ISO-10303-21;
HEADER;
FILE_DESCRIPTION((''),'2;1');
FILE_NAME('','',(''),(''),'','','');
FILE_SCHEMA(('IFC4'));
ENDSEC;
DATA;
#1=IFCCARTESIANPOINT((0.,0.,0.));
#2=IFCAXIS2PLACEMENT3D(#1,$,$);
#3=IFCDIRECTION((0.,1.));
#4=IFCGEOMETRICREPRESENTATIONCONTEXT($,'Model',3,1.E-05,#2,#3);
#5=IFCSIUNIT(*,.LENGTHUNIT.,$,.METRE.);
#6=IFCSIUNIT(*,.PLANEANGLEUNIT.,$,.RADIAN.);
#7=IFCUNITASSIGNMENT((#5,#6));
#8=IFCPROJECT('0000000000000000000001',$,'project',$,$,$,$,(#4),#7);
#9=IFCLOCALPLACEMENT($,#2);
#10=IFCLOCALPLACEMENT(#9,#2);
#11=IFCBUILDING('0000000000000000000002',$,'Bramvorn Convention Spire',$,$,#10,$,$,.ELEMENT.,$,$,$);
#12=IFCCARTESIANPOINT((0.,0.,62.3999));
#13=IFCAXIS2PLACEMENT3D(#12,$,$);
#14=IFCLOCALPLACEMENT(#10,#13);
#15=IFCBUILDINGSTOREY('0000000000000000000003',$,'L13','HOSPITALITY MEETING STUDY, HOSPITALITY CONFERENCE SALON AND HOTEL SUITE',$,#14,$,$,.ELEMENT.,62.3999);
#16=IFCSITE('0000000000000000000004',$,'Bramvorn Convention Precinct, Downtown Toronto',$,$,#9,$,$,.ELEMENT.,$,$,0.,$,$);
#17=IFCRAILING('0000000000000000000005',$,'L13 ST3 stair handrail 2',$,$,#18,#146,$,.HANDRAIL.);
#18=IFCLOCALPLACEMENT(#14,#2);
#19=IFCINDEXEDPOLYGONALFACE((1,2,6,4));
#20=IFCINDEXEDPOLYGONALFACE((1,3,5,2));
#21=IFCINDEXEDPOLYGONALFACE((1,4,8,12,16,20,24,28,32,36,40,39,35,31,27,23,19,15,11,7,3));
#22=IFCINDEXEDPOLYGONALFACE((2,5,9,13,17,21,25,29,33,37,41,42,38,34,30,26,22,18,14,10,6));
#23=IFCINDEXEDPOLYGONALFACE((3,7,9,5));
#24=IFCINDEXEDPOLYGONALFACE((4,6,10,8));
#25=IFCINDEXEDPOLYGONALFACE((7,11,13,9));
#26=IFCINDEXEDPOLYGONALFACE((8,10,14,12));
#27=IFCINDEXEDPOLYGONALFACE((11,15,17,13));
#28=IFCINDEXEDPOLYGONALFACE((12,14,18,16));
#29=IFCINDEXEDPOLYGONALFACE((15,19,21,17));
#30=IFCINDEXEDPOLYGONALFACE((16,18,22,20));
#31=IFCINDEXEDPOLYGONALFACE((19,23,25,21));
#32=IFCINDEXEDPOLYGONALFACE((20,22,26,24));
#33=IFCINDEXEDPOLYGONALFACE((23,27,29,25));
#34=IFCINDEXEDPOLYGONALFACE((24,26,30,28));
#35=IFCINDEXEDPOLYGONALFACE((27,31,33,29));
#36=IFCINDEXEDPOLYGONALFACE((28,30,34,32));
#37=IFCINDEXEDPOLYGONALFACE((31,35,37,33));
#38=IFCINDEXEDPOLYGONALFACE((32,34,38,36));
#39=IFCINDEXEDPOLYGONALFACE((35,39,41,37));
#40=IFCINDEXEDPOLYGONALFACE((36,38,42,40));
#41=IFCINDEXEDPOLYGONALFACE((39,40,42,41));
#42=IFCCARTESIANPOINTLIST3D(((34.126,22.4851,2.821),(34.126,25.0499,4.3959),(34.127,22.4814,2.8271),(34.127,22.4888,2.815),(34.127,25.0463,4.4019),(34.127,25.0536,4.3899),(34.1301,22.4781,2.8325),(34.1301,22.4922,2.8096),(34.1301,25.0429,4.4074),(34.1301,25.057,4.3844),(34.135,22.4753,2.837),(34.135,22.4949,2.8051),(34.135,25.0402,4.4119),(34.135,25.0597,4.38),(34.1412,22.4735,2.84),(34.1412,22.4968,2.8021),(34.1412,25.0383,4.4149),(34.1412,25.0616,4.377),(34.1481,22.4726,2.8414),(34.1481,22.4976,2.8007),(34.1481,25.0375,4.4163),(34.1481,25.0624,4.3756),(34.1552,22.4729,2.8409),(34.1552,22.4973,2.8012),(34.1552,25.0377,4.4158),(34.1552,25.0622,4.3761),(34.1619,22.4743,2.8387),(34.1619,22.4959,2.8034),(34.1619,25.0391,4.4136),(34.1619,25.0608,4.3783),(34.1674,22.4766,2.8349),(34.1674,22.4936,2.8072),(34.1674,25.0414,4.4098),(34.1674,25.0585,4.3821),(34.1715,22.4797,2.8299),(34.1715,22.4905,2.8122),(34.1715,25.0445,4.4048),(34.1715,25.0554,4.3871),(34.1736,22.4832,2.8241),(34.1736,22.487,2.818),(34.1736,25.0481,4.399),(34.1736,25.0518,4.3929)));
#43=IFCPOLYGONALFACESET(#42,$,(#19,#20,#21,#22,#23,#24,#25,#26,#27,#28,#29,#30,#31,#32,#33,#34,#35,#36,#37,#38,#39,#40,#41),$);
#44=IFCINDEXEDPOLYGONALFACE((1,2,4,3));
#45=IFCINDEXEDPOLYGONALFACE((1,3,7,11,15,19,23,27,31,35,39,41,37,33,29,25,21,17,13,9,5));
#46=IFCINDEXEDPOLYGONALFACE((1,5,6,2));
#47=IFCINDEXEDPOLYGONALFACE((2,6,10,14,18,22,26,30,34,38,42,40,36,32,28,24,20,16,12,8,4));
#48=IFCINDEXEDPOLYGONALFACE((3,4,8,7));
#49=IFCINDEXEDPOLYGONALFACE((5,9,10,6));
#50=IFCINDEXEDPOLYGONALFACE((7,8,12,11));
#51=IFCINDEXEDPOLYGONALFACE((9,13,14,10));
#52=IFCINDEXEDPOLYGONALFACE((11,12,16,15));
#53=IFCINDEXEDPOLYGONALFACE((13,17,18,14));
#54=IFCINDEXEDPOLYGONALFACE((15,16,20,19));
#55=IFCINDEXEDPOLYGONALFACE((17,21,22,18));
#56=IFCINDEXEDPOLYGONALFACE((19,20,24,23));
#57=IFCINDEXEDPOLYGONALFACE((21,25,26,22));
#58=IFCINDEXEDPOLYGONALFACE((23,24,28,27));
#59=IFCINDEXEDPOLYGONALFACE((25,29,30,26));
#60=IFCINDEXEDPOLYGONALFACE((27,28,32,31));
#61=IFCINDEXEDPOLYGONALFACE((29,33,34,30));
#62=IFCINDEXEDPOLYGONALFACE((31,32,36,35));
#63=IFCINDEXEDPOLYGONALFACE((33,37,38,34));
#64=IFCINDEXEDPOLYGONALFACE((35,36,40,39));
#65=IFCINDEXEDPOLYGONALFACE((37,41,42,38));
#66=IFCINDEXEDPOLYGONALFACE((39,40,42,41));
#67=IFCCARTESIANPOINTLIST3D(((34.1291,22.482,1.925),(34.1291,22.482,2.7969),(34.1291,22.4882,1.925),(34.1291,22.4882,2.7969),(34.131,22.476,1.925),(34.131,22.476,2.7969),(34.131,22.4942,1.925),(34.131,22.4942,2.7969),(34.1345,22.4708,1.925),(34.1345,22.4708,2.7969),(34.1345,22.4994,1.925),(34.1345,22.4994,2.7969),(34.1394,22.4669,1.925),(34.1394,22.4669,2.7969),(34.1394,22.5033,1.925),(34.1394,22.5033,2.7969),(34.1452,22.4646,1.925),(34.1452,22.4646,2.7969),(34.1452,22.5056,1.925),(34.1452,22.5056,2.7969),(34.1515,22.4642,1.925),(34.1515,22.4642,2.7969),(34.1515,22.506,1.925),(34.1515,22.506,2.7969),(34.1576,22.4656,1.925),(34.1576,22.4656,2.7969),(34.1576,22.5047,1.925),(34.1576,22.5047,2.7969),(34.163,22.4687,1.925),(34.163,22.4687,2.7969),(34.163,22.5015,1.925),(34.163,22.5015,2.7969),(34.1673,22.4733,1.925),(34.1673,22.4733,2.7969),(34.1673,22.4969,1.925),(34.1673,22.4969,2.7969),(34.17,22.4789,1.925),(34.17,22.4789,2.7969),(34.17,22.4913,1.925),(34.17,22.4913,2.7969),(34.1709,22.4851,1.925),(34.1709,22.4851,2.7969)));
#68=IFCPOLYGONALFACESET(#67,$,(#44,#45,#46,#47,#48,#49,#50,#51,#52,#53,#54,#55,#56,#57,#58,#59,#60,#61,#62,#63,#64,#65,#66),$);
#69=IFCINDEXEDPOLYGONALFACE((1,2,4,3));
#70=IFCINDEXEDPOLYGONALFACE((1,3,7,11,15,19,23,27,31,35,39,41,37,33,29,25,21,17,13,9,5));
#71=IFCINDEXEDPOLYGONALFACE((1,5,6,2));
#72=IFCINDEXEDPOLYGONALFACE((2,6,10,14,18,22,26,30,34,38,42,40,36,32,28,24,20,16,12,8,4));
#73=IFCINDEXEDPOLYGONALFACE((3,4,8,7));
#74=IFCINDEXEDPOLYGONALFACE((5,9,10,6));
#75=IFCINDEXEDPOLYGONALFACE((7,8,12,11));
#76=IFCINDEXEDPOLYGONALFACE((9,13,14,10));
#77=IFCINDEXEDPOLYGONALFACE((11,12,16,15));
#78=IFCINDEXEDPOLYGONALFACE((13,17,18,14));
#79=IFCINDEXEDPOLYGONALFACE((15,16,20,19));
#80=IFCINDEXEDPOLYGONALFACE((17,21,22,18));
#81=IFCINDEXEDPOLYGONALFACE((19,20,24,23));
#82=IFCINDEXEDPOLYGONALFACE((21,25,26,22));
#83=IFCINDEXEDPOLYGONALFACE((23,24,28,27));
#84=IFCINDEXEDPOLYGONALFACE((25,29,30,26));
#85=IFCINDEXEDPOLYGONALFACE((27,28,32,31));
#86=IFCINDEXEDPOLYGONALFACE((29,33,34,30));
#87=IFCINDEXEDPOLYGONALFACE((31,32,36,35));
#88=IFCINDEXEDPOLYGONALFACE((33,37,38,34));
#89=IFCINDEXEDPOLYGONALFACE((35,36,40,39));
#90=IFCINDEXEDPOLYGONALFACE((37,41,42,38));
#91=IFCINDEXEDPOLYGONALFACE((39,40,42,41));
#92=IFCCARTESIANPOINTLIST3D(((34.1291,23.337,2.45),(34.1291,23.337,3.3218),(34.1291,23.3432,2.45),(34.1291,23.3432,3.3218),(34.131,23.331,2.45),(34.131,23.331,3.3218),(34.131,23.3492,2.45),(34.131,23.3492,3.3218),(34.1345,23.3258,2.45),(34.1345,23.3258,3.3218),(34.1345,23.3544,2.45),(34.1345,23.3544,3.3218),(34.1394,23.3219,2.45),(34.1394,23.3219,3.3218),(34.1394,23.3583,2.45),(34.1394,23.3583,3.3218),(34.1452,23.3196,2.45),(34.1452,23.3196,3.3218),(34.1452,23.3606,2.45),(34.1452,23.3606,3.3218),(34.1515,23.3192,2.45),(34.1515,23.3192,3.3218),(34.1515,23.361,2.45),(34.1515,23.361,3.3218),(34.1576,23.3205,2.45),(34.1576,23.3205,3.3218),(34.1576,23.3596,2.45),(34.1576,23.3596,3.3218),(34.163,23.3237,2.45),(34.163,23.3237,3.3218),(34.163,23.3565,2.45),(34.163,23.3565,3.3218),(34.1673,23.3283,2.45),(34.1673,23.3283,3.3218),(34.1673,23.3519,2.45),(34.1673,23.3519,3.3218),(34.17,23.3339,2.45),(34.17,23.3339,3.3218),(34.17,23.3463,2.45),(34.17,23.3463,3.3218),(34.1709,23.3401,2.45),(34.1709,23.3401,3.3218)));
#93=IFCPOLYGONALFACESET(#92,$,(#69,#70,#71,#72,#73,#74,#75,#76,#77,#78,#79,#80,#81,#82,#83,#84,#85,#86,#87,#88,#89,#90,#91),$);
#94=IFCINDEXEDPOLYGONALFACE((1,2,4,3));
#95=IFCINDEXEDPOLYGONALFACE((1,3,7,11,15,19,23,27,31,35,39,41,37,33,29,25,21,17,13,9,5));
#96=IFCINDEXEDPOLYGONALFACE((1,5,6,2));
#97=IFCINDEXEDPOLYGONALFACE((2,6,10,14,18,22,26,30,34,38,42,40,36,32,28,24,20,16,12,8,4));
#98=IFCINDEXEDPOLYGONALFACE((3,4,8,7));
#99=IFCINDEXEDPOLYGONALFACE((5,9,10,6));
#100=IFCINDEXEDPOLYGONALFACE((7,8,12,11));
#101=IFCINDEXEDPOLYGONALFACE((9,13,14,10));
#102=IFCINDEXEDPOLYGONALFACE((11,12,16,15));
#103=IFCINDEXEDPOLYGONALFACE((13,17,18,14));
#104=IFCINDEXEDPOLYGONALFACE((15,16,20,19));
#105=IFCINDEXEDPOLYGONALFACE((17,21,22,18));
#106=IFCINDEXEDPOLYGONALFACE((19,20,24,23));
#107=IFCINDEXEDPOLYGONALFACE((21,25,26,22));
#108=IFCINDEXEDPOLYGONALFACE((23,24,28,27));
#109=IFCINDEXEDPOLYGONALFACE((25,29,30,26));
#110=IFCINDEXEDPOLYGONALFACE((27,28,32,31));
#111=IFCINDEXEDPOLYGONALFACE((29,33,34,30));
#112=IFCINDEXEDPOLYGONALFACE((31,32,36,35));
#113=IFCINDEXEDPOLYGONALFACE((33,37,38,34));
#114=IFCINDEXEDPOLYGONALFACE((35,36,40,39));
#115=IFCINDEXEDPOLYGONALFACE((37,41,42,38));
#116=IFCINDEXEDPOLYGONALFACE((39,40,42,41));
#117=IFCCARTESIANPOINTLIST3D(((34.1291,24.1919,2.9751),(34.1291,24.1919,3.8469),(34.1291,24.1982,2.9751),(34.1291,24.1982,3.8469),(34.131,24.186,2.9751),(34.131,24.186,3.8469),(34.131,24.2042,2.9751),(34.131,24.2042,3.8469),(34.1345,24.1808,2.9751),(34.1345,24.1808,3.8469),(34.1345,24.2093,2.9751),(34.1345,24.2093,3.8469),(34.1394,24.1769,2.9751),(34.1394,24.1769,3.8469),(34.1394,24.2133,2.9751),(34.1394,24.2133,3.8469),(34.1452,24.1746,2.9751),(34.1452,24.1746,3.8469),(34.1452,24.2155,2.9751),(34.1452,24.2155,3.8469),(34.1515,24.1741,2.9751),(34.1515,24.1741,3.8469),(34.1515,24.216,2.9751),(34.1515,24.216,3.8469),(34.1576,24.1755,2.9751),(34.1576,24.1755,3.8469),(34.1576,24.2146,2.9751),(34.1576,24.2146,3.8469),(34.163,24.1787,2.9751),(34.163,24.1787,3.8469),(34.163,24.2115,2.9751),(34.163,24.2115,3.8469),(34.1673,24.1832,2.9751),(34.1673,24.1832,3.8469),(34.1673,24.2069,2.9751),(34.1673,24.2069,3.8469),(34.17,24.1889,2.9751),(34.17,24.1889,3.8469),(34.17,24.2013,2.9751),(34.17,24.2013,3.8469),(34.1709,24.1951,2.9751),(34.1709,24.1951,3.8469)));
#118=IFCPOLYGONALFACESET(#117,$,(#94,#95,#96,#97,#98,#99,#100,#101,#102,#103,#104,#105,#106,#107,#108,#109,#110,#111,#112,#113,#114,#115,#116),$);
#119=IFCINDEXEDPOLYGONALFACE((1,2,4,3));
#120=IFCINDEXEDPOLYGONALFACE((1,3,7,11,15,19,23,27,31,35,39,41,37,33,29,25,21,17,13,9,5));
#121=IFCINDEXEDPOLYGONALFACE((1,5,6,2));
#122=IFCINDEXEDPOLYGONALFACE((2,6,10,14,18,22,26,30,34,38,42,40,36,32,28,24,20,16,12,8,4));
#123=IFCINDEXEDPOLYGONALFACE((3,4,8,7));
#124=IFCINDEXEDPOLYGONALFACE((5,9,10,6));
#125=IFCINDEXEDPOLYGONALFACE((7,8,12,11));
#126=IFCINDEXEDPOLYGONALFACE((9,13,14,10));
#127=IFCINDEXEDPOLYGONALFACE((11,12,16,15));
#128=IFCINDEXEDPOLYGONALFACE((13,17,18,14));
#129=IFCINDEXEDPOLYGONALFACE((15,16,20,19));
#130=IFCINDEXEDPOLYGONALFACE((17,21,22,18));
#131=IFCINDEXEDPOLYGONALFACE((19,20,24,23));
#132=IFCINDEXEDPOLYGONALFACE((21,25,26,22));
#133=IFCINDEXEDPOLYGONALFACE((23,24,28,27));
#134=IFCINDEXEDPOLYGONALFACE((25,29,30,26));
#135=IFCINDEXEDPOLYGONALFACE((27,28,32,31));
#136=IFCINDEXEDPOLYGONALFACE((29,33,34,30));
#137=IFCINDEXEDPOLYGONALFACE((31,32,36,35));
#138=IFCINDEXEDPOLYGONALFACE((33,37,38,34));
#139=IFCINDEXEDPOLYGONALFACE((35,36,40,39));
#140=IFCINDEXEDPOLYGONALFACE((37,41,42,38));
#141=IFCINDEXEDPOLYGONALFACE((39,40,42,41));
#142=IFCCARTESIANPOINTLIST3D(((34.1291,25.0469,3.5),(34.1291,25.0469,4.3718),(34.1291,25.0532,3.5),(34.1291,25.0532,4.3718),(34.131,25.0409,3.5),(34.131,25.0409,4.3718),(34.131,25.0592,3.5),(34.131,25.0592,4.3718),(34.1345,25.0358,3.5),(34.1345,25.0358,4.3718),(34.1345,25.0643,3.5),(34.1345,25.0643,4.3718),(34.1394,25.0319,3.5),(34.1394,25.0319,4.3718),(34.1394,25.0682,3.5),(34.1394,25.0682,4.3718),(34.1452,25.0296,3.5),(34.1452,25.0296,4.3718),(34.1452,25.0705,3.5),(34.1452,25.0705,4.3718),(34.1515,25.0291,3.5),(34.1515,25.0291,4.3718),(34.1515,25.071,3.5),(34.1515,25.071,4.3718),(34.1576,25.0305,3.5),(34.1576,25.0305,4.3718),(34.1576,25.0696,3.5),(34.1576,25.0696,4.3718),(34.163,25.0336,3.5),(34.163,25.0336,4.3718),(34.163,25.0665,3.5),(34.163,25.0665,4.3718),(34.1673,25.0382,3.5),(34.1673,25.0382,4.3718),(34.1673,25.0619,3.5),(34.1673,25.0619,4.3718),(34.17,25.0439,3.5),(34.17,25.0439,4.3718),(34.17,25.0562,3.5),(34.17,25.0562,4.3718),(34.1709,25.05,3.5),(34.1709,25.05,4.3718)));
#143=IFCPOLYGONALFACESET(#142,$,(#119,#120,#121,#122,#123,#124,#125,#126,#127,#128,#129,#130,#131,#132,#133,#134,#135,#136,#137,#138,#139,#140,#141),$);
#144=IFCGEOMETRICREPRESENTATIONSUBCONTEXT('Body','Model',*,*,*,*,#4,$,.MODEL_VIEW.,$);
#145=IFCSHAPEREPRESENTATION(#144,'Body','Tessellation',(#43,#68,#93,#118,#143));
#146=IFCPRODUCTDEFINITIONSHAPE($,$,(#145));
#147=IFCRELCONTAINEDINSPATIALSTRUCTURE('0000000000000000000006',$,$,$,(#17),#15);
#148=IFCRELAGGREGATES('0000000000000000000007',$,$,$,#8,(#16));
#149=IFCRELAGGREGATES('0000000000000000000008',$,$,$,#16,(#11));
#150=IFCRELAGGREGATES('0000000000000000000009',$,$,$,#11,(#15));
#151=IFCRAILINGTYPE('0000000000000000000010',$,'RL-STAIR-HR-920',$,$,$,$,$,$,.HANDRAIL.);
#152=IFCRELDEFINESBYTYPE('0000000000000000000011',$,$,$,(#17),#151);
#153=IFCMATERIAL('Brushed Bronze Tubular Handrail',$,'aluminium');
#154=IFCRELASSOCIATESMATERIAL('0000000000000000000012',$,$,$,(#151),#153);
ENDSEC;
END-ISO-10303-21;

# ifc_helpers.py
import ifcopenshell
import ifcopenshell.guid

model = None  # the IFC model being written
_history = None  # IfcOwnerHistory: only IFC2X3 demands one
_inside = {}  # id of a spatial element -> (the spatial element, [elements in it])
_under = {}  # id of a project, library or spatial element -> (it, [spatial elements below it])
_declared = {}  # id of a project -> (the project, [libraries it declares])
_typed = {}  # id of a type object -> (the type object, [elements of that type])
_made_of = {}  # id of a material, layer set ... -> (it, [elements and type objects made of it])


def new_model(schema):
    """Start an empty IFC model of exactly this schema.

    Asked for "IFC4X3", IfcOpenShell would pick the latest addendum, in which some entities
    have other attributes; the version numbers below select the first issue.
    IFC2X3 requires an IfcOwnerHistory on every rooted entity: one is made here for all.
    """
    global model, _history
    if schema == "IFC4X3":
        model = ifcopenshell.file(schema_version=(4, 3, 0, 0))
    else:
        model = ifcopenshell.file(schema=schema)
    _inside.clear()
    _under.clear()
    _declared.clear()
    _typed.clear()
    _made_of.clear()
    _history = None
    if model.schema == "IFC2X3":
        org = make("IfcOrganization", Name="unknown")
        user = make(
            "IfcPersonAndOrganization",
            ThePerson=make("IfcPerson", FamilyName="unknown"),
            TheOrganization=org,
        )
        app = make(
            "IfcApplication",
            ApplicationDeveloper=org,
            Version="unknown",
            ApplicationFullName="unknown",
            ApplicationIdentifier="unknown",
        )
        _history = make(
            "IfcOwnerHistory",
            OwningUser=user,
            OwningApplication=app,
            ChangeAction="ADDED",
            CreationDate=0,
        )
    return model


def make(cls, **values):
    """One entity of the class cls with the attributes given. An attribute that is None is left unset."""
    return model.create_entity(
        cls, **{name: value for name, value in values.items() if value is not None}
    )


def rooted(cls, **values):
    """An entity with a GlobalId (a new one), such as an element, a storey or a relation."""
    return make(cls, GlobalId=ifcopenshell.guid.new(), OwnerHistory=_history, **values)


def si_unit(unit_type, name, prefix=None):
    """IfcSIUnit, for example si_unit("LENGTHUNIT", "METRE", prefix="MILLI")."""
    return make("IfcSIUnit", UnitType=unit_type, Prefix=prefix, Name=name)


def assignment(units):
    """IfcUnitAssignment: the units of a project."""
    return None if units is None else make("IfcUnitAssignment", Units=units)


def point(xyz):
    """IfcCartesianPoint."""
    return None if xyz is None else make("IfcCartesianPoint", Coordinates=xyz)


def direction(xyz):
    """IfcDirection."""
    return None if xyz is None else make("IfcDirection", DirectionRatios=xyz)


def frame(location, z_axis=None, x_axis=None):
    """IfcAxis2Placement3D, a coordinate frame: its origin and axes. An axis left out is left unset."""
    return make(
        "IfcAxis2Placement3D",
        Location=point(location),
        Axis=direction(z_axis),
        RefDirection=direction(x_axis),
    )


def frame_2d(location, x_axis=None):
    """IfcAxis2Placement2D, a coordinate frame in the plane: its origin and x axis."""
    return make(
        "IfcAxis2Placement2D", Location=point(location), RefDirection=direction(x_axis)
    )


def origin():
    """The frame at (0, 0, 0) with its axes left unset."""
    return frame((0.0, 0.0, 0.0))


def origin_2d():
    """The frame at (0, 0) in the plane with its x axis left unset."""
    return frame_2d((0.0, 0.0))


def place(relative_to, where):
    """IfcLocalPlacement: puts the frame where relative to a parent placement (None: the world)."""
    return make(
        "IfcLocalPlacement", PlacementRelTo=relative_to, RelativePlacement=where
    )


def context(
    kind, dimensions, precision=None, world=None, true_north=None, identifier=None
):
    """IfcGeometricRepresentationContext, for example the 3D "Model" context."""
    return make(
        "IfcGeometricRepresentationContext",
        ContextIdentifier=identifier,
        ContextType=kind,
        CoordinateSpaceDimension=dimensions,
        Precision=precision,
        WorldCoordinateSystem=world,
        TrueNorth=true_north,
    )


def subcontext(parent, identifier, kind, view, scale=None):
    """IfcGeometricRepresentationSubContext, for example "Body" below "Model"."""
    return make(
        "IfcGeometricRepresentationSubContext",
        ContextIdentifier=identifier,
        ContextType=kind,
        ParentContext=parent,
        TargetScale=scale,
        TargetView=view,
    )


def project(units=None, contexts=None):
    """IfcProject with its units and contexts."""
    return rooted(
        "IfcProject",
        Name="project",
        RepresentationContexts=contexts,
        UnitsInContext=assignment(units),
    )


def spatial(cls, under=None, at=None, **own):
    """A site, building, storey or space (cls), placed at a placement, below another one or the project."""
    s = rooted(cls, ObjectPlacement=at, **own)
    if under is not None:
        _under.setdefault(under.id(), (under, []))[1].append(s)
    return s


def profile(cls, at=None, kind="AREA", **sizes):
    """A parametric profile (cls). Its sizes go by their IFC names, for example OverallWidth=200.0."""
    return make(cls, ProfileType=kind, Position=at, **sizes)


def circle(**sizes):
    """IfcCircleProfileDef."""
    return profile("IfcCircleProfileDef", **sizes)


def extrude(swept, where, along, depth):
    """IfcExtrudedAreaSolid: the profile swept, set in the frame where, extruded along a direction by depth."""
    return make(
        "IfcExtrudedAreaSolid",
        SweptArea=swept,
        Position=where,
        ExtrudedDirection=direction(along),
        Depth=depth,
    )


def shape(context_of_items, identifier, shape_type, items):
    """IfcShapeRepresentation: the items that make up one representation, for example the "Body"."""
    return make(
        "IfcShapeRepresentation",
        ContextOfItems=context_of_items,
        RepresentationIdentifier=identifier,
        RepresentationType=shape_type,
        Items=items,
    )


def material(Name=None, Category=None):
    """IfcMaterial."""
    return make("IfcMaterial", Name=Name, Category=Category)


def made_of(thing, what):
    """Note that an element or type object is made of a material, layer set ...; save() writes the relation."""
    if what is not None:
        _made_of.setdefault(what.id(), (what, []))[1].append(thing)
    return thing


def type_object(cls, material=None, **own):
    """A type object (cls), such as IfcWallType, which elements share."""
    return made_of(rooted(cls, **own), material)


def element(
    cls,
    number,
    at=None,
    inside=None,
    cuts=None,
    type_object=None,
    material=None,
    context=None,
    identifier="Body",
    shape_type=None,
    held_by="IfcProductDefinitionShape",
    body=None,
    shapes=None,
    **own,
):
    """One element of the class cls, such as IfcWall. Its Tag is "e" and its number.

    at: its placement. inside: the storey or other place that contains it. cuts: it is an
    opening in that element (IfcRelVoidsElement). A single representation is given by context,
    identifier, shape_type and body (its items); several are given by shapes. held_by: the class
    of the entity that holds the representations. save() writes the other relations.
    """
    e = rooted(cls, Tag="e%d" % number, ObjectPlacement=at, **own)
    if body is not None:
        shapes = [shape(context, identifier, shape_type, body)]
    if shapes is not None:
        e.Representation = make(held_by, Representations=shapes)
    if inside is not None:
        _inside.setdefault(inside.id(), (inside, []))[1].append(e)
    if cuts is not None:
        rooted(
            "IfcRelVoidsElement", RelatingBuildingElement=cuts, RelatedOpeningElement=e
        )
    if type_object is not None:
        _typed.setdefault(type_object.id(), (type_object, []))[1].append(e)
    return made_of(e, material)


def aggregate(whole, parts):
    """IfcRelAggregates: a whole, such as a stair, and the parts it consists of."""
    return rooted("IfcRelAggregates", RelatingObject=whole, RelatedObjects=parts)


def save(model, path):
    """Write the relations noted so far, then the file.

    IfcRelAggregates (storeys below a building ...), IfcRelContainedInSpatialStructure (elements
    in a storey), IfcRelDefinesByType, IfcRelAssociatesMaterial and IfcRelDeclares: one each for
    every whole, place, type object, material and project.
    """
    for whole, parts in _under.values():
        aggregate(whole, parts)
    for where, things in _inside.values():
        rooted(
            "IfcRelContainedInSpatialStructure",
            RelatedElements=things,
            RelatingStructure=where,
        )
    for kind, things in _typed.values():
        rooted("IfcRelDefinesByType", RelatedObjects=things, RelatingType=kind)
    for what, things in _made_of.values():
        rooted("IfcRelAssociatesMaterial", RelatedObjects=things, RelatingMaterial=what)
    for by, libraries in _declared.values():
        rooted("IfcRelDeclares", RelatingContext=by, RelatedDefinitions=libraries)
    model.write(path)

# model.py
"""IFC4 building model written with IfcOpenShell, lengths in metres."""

from ifc_helpers import new_model, si_unit, direction, frame, origin, origin_2d, place, context, subcontext, project, spatial, circle, extrude, material, type_object, element, save


model = new_model("IFC4")

# Units and contexts
model_context = context("Model", 3, precision=1e-05, world=origin(), true_north=direction((0.0, 1.0)))
body_context = subcontext(model_context, "Body", "Model", "MODEL_VIEW")
ifc_project = project(units=[si_unit("LENGTHUNIT", "METRE"), si_unit("PLANEANGLEUNIT", "RADIAN")], contexts=[model_context])

# Site, building, storey
site_placement = place(None, origin())
site = spatial("IfcSite", under=ifc_project, at=site_placement, Name="Bramvorn Convention Precinct, Downtown Toronto", CompositionType="ELEMENT", RefElevation=0.0)
building_placement = place(site_placement, origin())
building = spatial("IfcBuilding", under=site, at=building_placement, Name="Bramvorn Convention Spire", CompositionType="ELEMENT")
storey_placement = place(building_placement, frame((0.0, 0.0, 62.3999)))
storey = spatial("IfcBuildingStorey", under=building, at=storey_placement, Name="L13", Description="HOSPITALITY MEETING STUDY, HOSPITALITY CONFERENCE SALON AND HOTEL SUITE", CompositionType="ELEMENT", Elevation=62.3999)

# Railing
ifc_material_1 = material(Name="Brushed Bronze Tubular Handrail", Category="aluminium")
railing_type_1 = type_object("IfcRailingType", Name="RL-STAIR-HR-920", PredefinedType="HANDRAIL", material=ifc_material_1)
railing_1_placement = place(storey_placement, frame((34.1499, 22.4851, 1.925)))
element("IfcRailing", 1, at=railing_1_placement, inside=storey, type_object=railing_type_1, Name="L13 ST3 stair handrail 2", PredefinedType="HANDRAIL", context=body_context, shape_type="SweptSolid", body=[
    extrude(circle(Radius=0.0239, at=origin_2d()), frame((0.0, 0.0, 0.896), z_axis=(0.0, 0.852173, 0.52326), x_axis=(-1.0, 0.0, 0.0)), (0.0, 0.0, 1.0), 3.0098),
    extrude(circle(Radius=0.021, at=origin_2d()), origin(), (0.0, 0.0, 1.0), 0.8718),
    extrude(circle(Radius=0.021, at=origin_2d()), frame((0.0, 0.855, 0.5249)), (0.0, 0.0, 1.0), 0.8718),
    extrude(circle(Radius=0.021, at=origin_2d()), frame((0.0, 1.71, 1.05)), (0.0, 0.0, 1.0), 0.8718),
    extrude(circle(Radius=0.021, at=origin_2d()), frame((0.0, 2.5649, 1.575)), (0.0, 0.0, 1.0), 0.8718),
])

save(model, "model.ifc")
